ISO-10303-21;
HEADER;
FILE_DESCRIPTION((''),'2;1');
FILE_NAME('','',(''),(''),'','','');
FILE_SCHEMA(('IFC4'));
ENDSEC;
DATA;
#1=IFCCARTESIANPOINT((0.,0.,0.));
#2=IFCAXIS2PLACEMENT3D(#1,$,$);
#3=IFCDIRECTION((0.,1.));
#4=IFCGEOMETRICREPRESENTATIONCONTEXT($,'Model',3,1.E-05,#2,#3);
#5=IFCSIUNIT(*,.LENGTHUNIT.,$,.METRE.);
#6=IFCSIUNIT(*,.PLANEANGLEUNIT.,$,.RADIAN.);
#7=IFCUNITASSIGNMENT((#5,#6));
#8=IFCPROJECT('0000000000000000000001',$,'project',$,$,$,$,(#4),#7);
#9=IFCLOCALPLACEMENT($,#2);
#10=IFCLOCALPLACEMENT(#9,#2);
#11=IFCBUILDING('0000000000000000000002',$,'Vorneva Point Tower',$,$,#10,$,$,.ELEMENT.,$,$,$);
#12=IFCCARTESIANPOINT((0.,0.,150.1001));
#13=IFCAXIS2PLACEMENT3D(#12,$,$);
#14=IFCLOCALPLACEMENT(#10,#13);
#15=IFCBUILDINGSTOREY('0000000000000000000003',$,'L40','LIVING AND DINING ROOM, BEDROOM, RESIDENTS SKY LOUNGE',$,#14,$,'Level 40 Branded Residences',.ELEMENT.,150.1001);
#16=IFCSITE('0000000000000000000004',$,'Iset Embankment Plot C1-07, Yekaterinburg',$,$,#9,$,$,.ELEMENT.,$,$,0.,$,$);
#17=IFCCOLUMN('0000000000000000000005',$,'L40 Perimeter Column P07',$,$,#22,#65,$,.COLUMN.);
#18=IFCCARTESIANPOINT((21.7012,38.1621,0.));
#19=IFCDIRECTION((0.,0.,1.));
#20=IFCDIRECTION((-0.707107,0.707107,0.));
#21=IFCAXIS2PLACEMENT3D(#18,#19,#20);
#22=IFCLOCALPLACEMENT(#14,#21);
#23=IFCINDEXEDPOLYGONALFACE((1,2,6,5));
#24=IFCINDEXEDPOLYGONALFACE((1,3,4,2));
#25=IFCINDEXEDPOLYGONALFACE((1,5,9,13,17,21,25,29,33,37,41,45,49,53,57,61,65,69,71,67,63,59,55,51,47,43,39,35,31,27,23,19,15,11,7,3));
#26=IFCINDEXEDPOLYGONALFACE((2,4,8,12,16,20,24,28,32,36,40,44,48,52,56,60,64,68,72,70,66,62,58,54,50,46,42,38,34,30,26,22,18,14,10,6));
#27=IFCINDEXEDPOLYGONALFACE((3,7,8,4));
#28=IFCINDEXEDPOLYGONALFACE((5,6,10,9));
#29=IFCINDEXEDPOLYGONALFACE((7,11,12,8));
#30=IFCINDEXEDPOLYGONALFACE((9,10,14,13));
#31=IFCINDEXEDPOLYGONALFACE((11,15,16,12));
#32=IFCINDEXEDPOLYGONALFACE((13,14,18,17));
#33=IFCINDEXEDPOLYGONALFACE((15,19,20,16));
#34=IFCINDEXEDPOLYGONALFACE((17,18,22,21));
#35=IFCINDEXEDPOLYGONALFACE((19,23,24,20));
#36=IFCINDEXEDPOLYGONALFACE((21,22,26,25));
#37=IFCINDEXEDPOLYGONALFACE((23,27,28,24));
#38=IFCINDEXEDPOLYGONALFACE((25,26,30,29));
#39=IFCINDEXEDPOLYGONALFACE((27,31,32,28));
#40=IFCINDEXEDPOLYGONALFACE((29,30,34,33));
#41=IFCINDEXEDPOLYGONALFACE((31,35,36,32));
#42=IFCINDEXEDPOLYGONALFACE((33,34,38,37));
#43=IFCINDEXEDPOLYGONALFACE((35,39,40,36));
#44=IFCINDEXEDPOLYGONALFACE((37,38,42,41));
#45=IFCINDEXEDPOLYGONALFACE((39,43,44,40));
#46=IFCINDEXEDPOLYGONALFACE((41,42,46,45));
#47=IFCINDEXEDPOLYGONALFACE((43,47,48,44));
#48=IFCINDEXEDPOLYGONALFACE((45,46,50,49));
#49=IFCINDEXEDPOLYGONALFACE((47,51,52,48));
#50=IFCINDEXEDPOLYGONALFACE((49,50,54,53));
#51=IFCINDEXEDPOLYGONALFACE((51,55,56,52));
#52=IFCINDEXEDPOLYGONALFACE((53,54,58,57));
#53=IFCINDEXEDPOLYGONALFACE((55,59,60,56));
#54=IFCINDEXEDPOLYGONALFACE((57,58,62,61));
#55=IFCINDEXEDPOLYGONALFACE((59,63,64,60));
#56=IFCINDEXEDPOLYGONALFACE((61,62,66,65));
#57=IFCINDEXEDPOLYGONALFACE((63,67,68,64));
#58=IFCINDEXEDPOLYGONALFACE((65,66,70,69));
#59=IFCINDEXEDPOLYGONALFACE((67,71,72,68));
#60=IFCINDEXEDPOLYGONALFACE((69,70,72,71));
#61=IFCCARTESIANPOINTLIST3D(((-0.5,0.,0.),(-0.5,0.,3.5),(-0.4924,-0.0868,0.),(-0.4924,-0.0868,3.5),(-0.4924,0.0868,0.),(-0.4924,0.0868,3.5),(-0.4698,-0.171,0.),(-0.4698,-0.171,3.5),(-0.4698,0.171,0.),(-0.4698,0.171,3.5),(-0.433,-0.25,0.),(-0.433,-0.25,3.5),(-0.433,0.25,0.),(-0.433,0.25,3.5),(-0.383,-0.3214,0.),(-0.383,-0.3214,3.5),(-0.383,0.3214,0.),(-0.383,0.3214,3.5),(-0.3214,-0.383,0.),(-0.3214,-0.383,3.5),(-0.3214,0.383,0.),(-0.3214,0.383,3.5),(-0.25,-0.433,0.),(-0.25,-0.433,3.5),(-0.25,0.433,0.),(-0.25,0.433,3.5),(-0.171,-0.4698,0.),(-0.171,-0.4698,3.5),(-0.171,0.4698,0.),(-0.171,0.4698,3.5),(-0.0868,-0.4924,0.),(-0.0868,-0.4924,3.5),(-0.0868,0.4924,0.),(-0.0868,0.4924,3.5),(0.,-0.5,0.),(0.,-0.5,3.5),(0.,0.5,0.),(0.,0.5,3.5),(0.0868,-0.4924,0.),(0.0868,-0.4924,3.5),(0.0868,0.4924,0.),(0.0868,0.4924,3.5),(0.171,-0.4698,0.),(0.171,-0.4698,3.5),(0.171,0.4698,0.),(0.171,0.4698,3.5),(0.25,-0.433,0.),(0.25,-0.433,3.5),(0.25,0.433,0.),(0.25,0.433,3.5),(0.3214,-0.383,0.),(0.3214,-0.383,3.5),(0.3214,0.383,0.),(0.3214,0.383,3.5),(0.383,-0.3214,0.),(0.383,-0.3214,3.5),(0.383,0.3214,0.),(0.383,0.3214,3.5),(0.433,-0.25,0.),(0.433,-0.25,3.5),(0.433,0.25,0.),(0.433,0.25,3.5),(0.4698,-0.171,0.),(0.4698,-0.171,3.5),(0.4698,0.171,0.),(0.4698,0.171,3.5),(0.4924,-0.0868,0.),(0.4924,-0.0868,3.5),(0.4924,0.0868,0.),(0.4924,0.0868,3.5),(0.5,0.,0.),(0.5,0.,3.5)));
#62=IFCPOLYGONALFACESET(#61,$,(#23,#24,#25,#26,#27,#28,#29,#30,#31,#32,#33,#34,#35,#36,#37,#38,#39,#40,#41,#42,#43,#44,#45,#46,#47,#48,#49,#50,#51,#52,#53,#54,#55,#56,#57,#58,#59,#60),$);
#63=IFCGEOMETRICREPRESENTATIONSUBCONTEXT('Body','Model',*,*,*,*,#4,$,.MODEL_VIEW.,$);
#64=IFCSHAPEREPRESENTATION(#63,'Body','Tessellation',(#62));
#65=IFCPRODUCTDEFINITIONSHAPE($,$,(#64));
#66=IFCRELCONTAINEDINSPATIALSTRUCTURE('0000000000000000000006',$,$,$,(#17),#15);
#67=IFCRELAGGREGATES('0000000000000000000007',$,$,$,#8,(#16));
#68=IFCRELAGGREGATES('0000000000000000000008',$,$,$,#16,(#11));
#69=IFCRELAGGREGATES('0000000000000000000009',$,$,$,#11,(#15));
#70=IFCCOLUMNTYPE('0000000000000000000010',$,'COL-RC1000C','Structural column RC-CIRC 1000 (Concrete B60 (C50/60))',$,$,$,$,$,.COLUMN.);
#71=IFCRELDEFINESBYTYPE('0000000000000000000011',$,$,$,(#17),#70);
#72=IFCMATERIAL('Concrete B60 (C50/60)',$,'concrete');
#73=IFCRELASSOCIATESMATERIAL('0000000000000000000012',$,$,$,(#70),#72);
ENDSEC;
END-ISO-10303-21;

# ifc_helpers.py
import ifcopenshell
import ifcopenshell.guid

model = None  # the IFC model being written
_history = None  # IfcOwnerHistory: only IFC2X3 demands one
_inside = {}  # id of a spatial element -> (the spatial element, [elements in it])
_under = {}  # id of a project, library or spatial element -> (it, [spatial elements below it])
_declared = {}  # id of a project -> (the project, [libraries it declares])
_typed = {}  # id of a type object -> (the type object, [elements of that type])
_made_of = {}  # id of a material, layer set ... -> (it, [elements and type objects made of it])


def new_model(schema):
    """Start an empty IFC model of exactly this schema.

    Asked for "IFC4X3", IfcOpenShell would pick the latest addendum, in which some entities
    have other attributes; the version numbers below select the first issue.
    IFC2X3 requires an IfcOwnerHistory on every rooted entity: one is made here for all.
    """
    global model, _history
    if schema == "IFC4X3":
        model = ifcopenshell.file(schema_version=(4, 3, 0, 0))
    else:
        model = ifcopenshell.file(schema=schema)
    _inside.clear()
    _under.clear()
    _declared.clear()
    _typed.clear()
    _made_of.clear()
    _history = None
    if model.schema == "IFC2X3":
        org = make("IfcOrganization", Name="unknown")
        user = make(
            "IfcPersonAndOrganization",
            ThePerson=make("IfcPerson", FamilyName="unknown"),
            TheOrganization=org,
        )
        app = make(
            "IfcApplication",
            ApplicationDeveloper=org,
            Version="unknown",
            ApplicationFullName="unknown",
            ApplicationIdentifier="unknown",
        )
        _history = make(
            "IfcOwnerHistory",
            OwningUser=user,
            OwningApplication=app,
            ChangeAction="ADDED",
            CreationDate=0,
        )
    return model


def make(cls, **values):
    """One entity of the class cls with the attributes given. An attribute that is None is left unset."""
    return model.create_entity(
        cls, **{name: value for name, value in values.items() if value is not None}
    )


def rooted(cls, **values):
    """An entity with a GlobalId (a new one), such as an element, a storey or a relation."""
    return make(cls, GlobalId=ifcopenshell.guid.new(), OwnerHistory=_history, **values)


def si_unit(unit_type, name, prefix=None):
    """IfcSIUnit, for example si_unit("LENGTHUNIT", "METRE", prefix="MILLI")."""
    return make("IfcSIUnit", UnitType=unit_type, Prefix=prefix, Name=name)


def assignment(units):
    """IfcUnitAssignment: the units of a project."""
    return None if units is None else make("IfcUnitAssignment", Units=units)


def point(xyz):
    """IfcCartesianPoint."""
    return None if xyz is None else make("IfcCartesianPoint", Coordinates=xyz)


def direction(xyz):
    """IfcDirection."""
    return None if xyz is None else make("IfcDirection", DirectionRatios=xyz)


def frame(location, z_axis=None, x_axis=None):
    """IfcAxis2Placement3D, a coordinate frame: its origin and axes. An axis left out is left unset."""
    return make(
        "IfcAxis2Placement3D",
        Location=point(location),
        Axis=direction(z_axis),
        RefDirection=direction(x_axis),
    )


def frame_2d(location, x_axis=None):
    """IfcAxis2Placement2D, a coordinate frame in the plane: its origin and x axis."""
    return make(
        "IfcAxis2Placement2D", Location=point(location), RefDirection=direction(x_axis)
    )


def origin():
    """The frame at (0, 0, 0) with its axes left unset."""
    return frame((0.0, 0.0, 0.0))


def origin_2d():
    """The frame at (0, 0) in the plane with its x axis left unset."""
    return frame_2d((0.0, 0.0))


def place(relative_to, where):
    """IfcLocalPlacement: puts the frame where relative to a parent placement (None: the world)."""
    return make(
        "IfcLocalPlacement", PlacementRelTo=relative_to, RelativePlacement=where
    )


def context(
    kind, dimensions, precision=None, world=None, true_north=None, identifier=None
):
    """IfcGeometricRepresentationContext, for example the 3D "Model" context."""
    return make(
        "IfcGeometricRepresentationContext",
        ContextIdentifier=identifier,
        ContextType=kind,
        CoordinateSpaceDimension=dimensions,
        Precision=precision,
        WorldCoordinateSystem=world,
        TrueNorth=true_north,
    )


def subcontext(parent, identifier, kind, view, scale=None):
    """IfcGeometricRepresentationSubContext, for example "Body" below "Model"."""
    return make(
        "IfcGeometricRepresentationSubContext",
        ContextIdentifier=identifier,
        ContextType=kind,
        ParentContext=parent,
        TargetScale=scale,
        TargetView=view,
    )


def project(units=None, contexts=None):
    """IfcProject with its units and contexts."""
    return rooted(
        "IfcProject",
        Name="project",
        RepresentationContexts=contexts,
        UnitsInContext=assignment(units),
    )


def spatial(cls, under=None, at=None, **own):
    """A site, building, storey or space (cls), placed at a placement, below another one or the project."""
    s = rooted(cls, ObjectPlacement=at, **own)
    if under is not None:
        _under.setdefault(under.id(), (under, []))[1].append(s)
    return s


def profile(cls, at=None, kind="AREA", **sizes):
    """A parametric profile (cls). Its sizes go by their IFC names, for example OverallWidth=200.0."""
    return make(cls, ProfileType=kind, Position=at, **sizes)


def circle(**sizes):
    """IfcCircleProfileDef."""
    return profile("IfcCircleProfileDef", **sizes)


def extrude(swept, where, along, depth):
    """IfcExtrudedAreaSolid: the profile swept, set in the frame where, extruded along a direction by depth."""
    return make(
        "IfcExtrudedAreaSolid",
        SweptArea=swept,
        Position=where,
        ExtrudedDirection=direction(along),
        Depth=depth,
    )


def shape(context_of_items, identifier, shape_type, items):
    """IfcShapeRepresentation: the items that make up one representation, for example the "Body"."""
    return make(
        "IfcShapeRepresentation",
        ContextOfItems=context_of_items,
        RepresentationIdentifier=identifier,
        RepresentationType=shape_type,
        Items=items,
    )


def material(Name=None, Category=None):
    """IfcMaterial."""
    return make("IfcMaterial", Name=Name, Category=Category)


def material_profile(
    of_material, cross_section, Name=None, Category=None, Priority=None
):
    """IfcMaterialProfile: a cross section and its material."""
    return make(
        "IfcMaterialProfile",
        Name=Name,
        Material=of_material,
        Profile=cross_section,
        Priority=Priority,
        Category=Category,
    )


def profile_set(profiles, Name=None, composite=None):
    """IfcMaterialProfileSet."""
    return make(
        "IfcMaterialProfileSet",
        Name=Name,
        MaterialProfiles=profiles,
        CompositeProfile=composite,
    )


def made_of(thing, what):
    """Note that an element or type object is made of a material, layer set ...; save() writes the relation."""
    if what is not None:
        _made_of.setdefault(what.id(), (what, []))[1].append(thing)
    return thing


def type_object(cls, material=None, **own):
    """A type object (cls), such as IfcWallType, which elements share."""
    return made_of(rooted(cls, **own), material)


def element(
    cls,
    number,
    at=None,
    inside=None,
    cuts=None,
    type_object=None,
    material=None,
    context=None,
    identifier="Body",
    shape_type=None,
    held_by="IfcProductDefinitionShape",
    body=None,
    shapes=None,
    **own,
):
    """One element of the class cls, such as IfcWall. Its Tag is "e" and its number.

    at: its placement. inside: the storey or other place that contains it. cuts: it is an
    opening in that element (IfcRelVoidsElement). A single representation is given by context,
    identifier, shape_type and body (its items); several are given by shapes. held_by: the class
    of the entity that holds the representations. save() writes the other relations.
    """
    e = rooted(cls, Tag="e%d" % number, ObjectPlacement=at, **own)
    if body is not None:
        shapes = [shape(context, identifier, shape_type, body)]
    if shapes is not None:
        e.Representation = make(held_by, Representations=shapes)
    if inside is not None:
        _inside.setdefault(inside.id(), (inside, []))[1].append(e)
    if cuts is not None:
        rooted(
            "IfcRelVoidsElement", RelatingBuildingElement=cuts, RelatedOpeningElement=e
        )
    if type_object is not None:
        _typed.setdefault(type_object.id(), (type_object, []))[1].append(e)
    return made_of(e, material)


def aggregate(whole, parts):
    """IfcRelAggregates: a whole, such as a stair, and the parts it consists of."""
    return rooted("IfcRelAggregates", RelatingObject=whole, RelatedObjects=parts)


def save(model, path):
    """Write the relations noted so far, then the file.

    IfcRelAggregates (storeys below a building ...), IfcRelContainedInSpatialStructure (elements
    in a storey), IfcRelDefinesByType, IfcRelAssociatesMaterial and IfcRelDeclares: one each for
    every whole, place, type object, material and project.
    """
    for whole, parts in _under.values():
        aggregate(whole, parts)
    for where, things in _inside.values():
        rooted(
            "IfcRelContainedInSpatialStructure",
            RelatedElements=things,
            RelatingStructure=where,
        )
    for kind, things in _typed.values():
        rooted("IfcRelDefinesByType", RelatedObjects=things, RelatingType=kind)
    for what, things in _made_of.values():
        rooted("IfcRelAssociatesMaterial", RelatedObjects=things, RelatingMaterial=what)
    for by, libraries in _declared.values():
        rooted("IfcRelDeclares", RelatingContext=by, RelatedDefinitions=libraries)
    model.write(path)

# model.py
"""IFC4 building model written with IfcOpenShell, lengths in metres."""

from ifc_helpers import new_model, si_unit, direction, frame, origin, origin_2d, place, context, subcontext, project, spatial, circle, extrude, material, material_profile, profile_set, type_object, element, save


model = new_model("IFC4")

# Units and contexts
model_context = context("Model", 3, precision=1e-05, world=origin(), true_north=direction((0.0, 1.0)))
body_context = subcontext(model_context, "Body", "Model", "MODEL_VIEW")
ifc_project = project(units=[si_unit("LENGTHUNIT", "METRE"), si_unit("PLANEANGLEUNIT", "RADIAN")], contexts=[model_context])

# Site, building, storey
site_placement = place(None, origin())
site = spatial("IfcSite", under=ifc_project, at=site_placement, Name="Iset Embankment Plot C1-07, Yekaterinburg", CompositionType="ELEMENT", RefElevation=0.0)
building_placement = place(site_placement, origin())
building = spatial("IfcBuilding", under=site, at=building_placement, Name="Vorneva Point Tower", CompositionType="ELEMENT")
storey_placement = place(building_placement, frame((0.0, 0.0, 150.1001)))
storey = spatial("IfcBuildingStorey", under=building, at=storey_placement, Name="L40", Description="LIVING AND DINING ROOM, BEDROOM, RESIDENTS SKY LOUNGE", LongName="Level 40 Branded Residences", CompositionType="ELEMENT", Elevation=150.1001)

# Column
ifc_material_1 = material(Name="Concrete B60 (C50/60)", Category="concrete")
ifc_material_profile_1 = material_profile(ifc_material_1, circle(Radius=0.5, at=origin_2d()), Name="RC-CIRC 1000")
ifc_profile_set_1 = profile_set([ifc_material_profile_1], Name="Concrete B60 (C50/60)")
column_type = type_object("IfcColumnType", Name="COL-RC1000C", Description="Structural column RC-CIRC 1000 (Concrete B60 (C50/60))", PredefinedType="COLUMN", material=ifc_profile_set_1)
column_placement = place(storey_placement, frame((21.7012, 38.1621, 0.0), z_axis=(0.0, 0.0, 1.0), x_axis=(-0.707107, 0.707107, 0.0)))
element("IfcColumn", 1, at=column_placement, inside=storey, type_object=column_type, Name="L40 Perimeter Column P07", PredefinedType="COLUMN", context=body_context, shape_type="SweptSolid", body=[
    extrude(circle(Radius=0.5, at=origin_2d()), origin(), (0.0, 0.0, 1.0), 3.5),
])

save(model, "model.ifc")
